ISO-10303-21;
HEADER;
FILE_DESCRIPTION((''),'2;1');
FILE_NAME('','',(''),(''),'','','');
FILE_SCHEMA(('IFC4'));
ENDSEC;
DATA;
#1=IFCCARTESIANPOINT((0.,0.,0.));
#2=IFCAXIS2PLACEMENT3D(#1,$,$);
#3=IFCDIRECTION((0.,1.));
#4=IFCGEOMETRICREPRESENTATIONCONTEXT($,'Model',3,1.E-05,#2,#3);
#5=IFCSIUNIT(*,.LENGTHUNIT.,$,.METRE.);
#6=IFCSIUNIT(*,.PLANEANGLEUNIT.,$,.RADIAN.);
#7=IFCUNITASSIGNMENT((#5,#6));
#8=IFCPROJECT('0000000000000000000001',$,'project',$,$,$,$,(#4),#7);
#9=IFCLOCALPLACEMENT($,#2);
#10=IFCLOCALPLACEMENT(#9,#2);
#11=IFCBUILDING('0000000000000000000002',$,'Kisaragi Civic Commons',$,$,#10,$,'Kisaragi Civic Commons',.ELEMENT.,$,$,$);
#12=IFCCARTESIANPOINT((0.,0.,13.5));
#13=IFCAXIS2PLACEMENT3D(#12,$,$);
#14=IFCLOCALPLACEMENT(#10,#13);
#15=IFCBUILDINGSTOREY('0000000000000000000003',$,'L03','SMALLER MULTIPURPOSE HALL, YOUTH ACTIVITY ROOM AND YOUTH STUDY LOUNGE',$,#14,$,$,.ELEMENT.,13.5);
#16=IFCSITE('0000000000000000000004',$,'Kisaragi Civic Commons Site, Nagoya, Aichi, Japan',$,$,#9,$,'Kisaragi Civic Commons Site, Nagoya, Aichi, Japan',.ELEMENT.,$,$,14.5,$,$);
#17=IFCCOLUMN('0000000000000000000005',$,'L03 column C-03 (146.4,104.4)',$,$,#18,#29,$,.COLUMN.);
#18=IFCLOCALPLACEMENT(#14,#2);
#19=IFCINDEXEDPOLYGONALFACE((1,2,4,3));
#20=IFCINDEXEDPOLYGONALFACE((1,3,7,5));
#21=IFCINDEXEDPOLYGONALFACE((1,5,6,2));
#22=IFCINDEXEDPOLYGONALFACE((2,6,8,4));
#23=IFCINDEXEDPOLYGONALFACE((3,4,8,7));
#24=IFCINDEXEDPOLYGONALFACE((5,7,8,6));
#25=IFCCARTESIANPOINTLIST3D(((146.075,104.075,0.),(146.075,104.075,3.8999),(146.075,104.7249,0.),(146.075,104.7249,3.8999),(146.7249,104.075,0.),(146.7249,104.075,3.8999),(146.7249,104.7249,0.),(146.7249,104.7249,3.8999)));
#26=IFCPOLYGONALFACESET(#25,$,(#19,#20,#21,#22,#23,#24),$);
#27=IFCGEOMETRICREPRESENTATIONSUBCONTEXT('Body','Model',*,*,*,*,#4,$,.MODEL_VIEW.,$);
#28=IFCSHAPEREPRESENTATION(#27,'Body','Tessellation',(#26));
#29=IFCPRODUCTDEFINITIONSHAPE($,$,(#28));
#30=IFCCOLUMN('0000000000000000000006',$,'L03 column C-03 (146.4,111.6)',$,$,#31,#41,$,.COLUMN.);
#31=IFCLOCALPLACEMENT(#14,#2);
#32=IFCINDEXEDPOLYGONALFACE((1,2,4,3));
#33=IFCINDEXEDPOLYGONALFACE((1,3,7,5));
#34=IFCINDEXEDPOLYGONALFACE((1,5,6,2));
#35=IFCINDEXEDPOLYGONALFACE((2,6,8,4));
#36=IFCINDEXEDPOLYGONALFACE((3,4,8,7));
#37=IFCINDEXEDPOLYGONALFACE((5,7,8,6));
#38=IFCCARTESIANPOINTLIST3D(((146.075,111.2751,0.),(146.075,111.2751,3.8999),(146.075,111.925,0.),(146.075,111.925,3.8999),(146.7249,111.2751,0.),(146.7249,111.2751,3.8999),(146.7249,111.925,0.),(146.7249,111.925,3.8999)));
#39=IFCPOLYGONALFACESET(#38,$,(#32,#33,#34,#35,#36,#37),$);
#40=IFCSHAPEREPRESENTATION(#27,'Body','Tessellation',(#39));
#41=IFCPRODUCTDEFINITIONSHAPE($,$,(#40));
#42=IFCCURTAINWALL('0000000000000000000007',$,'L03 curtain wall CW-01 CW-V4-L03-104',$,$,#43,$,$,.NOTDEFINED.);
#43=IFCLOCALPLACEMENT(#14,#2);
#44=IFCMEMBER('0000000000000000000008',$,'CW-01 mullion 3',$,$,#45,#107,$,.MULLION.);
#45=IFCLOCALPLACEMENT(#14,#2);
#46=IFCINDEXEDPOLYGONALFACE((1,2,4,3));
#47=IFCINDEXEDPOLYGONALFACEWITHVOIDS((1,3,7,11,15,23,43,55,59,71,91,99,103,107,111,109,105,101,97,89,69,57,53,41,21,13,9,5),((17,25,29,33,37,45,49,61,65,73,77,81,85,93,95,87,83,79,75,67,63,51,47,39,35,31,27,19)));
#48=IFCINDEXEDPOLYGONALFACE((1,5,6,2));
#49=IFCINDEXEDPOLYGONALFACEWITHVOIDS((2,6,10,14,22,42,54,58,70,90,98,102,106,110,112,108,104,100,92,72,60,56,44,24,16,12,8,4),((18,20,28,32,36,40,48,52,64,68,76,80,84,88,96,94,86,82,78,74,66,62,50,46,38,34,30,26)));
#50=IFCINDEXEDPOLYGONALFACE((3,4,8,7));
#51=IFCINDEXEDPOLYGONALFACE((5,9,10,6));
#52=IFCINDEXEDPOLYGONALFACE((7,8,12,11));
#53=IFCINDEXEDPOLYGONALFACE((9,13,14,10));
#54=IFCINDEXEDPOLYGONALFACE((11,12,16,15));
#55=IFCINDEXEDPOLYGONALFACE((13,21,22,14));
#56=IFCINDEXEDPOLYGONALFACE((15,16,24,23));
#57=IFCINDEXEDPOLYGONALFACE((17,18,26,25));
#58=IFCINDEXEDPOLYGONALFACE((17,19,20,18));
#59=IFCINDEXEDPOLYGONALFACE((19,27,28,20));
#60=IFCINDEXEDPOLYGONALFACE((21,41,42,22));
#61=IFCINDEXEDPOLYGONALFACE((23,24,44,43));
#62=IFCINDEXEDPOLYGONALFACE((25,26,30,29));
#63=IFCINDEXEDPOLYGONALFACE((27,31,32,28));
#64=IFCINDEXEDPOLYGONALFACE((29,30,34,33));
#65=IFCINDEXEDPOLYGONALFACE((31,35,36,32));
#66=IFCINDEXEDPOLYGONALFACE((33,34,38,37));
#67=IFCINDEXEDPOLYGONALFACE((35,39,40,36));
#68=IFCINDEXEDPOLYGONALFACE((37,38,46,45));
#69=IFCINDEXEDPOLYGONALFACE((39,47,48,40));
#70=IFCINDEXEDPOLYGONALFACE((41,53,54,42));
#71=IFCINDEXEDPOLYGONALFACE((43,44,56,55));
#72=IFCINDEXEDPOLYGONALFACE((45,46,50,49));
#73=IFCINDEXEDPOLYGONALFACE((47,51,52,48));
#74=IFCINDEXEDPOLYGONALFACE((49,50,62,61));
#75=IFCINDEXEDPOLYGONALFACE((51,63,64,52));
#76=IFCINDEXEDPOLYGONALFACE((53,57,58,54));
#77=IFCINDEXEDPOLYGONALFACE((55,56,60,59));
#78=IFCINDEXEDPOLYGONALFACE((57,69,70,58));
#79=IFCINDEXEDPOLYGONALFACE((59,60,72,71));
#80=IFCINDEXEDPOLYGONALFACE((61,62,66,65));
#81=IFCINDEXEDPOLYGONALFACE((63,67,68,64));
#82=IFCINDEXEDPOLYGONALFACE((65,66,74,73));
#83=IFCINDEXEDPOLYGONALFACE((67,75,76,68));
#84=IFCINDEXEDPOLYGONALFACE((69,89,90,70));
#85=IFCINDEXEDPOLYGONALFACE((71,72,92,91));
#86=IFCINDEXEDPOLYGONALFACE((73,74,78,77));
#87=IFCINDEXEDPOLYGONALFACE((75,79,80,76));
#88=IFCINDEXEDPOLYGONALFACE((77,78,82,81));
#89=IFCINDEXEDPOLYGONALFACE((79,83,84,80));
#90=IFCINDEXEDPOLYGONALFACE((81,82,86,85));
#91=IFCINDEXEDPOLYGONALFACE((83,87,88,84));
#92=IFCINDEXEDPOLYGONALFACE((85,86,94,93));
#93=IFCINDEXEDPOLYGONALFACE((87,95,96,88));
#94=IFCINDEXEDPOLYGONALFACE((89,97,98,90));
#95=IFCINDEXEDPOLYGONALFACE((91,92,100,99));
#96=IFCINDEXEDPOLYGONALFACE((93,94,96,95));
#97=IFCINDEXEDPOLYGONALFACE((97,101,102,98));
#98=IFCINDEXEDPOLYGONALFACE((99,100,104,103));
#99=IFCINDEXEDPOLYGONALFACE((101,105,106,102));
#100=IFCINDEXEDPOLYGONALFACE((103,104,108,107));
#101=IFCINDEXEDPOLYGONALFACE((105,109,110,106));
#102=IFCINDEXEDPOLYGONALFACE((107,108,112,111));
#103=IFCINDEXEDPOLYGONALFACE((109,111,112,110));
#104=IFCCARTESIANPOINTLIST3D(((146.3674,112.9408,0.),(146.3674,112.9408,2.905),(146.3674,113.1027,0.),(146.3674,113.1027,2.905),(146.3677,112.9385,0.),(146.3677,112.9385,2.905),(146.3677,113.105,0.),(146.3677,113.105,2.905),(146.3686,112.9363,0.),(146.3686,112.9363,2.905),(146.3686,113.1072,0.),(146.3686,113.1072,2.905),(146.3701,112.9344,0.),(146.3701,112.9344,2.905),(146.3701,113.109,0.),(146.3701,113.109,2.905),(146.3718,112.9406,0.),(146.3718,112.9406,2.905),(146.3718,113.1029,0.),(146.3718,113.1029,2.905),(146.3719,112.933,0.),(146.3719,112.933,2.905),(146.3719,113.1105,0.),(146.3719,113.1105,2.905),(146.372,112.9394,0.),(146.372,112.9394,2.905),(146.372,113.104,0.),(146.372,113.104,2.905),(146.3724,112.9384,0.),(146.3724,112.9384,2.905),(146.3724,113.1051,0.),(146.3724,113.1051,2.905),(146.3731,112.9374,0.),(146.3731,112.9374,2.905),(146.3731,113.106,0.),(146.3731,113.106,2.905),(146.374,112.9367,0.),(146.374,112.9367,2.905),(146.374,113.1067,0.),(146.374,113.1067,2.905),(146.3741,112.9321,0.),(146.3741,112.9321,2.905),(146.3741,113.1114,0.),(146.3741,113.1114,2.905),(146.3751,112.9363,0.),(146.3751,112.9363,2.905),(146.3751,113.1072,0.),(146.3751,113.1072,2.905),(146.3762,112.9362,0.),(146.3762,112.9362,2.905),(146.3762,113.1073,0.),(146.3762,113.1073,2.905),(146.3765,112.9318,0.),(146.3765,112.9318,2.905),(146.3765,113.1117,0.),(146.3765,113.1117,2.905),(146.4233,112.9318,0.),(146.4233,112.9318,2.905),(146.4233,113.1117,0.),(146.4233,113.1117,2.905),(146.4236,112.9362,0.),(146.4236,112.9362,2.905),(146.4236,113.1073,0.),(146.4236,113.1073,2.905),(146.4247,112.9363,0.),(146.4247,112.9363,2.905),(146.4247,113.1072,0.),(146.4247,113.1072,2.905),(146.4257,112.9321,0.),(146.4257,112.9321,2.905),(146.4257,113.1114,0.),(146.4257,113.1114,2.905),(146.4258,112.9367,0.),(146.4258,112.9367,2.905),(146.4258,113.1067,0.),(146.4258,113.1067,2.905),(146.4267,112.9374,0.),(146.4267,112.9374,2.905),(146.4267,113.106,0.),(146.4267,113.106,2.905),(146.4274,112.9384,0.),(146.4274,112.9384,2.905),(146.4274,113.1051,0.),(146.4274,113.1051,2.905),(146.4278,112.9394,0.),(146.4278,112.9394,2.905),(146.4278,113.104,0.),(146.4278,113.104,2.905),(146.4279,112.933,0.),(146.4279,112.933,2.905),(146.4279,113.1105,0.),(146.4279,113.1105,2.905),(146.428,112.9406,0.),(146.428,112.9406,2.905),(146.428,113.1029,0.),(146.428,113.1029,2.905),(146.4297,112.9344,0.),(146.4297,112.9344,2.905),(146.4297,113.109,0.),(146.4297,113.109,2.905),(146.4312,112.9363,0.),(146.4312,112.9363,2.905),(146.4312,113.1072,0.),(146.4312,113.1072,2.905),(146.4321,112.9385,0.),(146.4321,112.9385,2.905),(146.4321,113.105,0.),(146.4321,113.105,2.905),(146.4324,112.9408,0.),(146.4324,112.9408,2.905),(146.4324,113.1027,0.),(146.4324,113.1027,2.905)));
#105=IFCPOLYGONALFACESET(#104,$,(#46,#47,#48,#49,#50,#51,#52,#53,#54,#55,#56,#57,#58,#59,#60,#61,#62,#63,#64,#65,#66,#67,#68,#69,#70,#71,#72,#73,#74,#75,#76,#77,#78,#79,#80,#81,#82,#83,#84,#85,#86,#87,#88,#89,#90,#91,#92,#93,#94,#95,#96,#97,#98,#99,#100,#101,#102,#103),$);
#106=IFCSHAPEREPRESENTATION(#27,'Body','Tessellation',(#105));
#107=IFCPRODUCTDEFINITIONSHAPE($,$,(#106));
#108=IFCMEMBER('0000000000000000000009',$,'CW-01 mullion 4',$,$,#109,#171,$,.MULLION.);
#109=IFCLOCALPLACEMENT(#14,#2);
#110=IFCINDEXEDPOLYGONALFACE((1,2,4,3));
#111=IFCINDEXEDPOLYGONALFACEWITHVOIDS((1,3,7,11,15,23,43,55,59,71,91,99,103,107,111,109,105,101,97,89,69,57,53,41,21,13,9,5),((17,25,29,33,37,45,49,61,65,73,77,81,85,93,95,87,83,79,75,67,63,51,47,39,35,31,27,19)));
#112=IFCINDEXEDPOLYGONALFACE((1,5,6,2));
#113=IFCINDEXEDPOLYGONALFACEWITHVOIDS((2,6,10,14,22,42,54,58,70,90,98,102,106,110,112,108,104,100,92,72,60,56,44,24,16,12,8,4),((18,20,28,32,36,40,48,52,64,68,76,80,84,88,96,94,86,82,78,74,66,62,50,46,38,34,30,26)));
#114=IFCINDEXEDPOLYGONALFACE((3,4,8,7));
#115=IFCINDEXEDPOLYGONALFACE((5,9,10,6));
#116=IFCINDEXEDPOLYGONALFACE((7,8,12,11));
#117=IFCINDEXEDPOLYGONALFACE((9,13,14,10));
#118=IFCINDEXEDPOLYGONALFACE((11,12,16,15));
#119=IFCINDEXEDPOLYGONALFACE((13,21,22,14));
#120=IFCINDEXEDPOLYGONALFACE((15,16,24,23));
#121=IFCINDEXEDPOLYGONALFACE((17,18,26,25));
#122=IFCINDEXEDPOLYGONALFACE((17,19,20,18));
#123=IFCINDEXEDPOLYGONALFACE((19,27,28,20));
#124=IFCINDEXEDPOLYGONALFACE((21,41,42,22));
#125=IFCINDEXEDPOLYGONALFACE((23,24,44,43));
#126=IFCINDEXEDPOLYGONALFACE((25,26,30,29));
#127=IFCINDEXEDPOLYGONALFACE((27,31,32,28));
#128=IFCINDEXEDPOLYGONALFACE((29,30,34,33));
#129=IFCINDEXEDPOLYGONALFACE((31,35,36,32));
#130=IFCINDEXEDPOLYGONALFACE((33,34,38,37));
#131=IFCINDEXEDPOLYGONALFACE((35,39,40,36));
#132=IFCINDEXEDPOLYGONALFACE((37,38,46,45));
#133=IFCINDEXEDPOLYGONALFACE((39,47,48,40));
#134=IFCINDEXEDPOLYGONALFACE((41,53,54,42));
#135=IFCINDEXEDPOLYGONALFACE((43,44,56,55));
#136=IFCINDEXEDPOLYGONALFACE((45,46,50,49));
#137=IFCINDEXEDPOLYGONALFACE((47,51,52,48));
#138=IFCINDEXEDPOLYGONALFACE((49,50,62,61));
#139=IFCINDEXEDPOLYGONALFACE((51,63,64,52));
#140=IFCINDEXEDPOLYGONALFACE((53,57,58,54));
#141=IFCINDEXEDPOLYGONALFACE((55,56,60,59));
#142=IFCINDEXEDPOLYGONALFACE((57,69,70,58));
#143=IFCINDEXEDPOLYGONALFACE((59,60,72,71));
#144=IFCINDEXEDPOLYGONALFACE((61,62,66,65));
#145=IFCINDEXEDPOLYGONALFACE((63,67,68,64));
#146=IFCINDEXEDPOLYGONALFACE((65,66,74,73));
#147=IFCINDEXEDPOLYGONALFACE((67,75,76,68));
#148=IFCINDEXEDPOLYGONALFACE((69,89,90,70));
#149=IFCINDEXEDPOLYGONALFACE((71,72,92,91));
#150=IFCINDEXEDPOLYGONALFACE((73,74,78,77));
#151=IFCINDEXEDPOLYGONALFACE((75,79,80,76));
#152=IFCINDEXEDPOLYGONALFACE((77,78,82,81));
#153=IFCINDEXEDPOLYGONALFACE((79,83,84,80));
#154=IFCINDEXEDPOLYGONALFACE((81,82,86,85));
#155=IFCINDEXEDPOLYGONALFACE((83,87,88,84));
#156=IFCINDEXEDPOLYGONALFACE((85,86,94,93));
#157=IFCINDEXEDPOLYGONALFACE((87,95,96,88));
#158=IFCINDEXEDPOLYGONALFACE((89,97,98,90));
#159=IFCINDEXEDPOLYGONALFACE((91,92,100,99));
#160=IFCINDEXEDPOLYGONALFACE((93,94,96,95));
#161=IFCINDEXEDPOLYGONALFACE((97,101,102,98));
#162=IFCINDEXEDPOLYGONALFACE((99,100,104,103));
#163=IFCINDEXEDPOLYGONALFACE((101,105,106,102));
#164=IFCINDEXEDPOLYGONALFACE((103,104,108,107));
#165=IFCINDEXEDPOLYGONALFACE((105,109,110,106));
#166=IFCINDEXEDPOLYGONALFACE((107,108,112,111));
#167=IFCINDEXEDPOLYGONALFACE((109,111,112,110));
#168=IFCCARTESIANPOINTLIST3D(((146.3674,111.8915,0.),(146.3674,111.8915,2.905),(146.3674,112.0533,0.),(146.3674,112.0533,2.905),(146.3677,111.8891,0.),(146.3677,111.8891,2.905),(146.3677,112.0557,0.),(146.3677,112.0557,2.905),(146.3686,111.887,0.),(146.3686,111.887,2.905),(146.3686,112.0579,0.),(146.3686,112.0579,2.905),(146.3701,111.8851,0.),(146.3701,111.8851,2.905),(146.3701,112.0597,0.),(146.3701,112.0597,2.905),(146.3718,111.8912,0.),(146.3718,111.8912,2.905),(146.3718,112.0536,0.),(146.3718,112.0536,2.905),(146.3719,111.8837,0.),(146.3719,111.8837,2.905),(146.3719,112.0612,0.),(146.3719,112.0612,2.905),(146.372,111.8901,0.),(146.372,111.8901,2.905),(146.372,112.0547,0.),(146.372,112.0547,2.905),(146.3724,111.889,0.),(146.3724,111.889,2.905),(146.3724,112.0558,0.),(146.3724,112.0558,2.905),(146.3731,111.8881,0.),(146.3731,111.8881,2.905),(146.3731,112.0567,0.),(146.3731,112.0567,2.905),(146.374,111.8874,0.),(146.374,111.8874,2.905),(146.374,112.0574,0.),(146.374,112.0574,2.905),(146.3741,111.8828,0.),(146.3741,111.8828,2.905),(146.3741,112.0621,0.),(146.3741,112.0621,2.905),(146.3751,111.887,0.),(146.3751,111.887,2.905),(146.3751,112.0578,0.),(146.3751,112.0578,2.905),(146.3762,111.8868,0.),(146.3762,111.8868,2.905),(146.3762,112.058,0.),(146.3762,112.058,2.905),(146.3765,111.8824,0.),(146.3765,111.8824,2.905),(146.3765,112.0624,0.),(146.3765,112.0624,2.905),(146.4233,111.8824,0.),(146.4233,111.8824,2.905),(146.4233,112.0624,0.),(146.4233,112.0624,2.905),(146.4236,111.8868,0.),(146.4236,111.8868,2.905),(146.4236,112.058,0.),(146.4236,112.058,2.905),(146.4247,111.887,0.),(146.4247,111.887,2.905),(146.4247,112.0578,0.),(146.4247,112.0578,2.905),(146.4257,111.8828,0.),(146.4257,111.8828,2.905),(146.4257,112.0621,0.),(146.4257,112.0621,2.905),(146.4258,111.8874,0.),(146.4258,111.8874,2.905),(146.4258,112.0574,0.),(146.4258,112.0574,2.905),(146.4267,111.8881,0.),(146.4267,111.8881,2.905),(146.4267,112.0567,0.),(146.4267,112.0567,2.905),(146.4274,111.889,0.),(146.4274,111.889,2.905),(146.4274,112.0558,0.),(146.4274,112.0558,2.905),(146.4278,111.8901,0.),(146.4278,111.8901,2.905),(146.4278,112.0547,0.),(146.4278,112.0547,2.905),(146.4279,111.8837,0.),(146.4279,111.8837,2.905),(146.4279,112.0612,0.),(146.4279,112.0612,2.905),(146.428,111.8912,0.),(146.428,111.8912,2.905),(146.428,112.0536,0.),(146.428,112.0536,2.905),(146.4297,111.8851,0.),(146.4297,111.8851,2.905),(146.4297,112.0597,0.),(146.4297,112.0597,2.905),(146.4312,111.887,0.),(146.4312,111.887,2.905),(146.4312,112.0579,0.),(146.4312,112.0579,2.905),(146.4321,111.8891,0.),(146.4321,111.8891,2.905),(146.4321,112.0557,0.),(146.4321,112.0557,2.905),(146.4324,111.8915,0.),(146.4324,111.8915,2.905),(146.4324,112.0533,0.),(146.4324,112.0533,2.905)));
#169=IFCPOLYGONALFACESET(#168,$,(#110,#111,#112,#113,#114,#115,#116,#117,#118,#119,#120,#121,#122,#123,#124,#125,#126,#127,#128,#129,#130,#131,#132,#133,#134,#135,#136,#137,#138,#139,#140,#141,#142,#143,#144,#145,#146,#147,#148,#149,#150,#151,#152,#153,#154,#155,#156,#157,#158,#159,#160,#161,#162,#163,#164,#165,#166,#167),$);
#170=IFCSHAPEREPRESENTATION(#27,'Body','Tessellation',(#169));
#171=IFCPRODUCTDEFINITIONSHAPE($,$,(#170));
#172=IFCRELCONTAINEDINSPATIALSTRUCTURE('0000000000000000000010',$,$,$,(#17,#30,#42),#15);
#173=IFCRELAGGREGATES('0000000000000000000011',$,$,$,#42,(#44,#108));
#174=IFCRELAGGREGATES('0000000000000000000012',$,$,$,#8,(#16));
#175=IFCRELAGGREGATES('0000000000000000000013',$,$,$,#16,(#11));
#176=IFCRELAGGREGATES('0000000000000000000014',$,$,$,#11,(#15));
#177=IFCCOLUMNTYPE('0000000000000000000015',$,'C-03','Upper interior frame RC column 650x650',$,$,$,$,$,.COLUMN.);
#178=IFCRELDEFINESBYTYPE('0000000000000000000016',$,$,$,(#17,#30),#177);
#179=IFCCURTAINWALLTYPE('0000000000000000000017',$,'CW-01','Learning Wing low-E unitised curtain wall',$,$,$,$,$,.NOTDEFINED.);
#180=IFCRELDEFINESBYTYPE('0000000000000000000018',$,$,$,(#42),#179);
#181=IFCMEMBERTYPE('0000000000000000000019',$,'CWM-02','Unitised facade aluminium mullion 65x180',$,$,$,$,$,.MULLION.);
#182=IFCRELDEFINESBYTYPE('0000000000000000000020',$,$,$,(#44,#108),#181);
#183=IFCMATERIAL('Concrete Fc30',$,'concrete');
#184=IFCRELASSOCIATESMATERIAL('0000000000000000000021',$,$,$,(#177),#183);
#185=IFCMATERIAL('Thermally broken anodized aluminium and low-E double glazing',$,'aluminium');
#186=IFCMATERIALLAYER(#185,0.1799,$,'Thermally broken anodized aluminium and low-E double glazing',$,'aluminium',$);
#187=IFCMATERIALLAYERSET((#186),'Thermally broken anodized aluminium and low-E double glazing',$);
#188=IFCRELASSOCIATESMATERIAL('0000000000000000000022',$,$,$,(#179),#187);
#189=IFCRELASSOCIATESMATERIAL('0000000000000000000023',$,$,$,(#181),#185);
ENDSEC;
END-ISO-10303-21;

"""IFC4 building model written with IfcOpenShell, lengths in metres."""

from ifc_helpers import new_model, si_unit, direction, frame, origin, origin_2d, place, context, subcontext, project, spatial, rectangle, hollow_rectangle, extrude, material, layer, layer_set, material_profile, profile_set, type_object, element, aggregate, save


model = new_model("IFC4")

# Units and contexts
model_context = context("Model", 3, precision=1e-05, world=origin(), true_north=direction((0.0, 1.0)))
body_context = subcontext(model_context, "Body", "Model", "MODEL_VIEW")
ifc_project = project(units=[si_unit("LENGTHUNIT", "METRE"), si_unit("PLANEANGLEUNIT", "RADIAN")], contexts=[model_context])

# Site, building, storey
site_placement = place(None, origin())
site = spatial("IfcSite", under=ifc_project, at=site_placement, Name="Kisaragi Civic Commons Site, Nagoya, Aichi, Japan", LongName="Kisaragi Civic Commons Site, Nagoya, Aichi, Japan", CompositionType="ELEMENT", RefElevation=14.5)
building_placement = place(site_placement, origin())
building = spatial("IfcBuilding", under=site, at=building_placement, Name="Kisaragi Civic Commons", LongName="Kisaragi Civic Commons", CompositionType="ELEMENT")
storey_placement = place(building_placement, frame((0.0, 0.0, 13.5)))
storey = spatial("IfcBuildingStorey", under=building, at=storey_placement, Name="L03", Description="SMALLER MULTIPURPOSE HALL, YOUTH ACTIVITY ROOM AND YOUTH STUDY LOUNGE", CompositionType="ELEMENT", Elevation=13.5)

# Columns
ifc_material_1 = material(Name="Concrete Fc30", Category="concrete")
ifc_material_profile_1 = material_profile(ifc_material_1, rectangle(XDim=0.6499, YDim=0.6499, at=origin_2d()), Name="RC-650x650", Category="concrete")
ifc_profile_set_1 = profile_set([ifc_material_profile_1], Name="Concrete Fc30")
column_type = type_object("IfcColumnType", Name="C-03", Description="Upper interior frame RC column 650x650", PredefinedType="COLUMN", material=ifc_profile_set_1)
for number, where, z_axis, x_axis, name in (
    (1, (146.3999, 104.3999, 0.0), (0.0, 0.0, 1.0), (1.0, 0.0, 0.0), "L03 column C-03 (146.4,104.4)"),
    (2, (146.3999, 111.6001, 0.0), (0.0, 0.0, 1.0), (1.0, 0.0, 0.0), "L03 column C-03 (146.4,111.6)"),
):
    element("IfcColumn", number, at=place(storey_placement, frame(where, z_axis=z_axis, x_axis=x_axis)), inside=storey, type_object=column_type, Name=name, PredefinedType="COLUMN", context=body_context, shape_type="SweptSolid", body=[
        extrude(rectangle(XDim=0.6499, YDim=0.6499, at=origin_2d()), origin(), (0.0, 0.0, 1.0), 3.8999),
    ])

# Curtain wall, members
ifc_material_2 = material(Name="Thermally broken anodized aluminium and low-E double glazing", Category="aluminium")
ifc_layer_1 = layer(ifc_material_2, 0.1799, Name="Thermally broken anodized aluminium and low-E double glazing", Category="aluminium")
ifc_layer_set_1 = layer_set([ifc_layer_1], Name="Thermally broken anodized aluminium and low-E double glazing")
curtain_wall_type = type_object("IfcCurtainWallType", Name="CW-01", Description="Learning Wing low-E unitised curtain wall", PredefinedType="NOTDEFINED", material=ifc_layer_set_1)
curtain_wall_1_placement = place(storey_placement, origin())
curtain_wall_1 = element("IfcCurtainWall", 3, at=curtain_wall_1_placement, inside=storey, type_object=curtain_wall_type, Name="L03 curtain wall CW-01 CW-V4-L03-104", PredefinedType="NOTDEFINED")
ifc_material_profile_2 = material_profile(ifc_material_2, hollow_rectangle(XDim=0.0649, YDim=0.1799, WallThickness=0.0044, InnerFilletRadius=0.0044, OuterFilletRadius=0.009, at=origin_2d()), Name="CWM-65x180x4.5", Category="aluminium")
ifc_profile_set_2 = profile_set([ifc_material_profile_2], Name="Thermally broken anodized aluminium and low-E double glazing")
member_type_1 = type_object("IfcMemberType", Name="CWM-02", Description="Unitised facade aluminium mullion 65x180", PredefinedType="MULLION", material=ifc_profile_set_2)
member_1_placement = place(storey_placement, frame((146.3999, 113.0217, 0.0), z_axis=(0.0, 0.0, 1.0), x_axis=(1.0, 0.0, 0.0)))
member_1 = element("IfcMember", 4, at=member_1_placement, type_object=member_type_1, Name="CW-01 mullion 3", PredefinedType="MULLION", context=body_context, shape_type="SweptSolid", body=[
    extrude(hollow_rectangle(XDim=0.0649, YDim=0.1799, WallThickness=0.0044, InnerFilletRadius=0.0044, OuterFilletRadius=0.009, at=origin_2d()), origin(), (0.0, 0.0, 1.0), 2.905),
])
member_2_placement = place(storey_placement, frame((146.3999, 111.9724, 0.0), z_axis=(0.0, 0.0, 1.0), x_axis=(1.0, 0.0, 0.0)))
member_2 = element("IfcMember", 5, at=member_2_placement, type_object=member_type_1, Name="CW-01 mullion 4", PredefinedType="MULLION", context=body_context, shape_type="SweptSolid", body=[
    extrude(hollow_rectangle(XDim=0.0649, YDim=0.1799, WallThickness=0.0044, InnerFilletRadius=0.0044, OuterFilletRadius=0.009, at=origin_2d()), origin(), (0.0, 0.0, 1.0), 2.905),
])

aggregate(curtain_wall_1, [member_1, member_2])

save(model, "model.ifc")
